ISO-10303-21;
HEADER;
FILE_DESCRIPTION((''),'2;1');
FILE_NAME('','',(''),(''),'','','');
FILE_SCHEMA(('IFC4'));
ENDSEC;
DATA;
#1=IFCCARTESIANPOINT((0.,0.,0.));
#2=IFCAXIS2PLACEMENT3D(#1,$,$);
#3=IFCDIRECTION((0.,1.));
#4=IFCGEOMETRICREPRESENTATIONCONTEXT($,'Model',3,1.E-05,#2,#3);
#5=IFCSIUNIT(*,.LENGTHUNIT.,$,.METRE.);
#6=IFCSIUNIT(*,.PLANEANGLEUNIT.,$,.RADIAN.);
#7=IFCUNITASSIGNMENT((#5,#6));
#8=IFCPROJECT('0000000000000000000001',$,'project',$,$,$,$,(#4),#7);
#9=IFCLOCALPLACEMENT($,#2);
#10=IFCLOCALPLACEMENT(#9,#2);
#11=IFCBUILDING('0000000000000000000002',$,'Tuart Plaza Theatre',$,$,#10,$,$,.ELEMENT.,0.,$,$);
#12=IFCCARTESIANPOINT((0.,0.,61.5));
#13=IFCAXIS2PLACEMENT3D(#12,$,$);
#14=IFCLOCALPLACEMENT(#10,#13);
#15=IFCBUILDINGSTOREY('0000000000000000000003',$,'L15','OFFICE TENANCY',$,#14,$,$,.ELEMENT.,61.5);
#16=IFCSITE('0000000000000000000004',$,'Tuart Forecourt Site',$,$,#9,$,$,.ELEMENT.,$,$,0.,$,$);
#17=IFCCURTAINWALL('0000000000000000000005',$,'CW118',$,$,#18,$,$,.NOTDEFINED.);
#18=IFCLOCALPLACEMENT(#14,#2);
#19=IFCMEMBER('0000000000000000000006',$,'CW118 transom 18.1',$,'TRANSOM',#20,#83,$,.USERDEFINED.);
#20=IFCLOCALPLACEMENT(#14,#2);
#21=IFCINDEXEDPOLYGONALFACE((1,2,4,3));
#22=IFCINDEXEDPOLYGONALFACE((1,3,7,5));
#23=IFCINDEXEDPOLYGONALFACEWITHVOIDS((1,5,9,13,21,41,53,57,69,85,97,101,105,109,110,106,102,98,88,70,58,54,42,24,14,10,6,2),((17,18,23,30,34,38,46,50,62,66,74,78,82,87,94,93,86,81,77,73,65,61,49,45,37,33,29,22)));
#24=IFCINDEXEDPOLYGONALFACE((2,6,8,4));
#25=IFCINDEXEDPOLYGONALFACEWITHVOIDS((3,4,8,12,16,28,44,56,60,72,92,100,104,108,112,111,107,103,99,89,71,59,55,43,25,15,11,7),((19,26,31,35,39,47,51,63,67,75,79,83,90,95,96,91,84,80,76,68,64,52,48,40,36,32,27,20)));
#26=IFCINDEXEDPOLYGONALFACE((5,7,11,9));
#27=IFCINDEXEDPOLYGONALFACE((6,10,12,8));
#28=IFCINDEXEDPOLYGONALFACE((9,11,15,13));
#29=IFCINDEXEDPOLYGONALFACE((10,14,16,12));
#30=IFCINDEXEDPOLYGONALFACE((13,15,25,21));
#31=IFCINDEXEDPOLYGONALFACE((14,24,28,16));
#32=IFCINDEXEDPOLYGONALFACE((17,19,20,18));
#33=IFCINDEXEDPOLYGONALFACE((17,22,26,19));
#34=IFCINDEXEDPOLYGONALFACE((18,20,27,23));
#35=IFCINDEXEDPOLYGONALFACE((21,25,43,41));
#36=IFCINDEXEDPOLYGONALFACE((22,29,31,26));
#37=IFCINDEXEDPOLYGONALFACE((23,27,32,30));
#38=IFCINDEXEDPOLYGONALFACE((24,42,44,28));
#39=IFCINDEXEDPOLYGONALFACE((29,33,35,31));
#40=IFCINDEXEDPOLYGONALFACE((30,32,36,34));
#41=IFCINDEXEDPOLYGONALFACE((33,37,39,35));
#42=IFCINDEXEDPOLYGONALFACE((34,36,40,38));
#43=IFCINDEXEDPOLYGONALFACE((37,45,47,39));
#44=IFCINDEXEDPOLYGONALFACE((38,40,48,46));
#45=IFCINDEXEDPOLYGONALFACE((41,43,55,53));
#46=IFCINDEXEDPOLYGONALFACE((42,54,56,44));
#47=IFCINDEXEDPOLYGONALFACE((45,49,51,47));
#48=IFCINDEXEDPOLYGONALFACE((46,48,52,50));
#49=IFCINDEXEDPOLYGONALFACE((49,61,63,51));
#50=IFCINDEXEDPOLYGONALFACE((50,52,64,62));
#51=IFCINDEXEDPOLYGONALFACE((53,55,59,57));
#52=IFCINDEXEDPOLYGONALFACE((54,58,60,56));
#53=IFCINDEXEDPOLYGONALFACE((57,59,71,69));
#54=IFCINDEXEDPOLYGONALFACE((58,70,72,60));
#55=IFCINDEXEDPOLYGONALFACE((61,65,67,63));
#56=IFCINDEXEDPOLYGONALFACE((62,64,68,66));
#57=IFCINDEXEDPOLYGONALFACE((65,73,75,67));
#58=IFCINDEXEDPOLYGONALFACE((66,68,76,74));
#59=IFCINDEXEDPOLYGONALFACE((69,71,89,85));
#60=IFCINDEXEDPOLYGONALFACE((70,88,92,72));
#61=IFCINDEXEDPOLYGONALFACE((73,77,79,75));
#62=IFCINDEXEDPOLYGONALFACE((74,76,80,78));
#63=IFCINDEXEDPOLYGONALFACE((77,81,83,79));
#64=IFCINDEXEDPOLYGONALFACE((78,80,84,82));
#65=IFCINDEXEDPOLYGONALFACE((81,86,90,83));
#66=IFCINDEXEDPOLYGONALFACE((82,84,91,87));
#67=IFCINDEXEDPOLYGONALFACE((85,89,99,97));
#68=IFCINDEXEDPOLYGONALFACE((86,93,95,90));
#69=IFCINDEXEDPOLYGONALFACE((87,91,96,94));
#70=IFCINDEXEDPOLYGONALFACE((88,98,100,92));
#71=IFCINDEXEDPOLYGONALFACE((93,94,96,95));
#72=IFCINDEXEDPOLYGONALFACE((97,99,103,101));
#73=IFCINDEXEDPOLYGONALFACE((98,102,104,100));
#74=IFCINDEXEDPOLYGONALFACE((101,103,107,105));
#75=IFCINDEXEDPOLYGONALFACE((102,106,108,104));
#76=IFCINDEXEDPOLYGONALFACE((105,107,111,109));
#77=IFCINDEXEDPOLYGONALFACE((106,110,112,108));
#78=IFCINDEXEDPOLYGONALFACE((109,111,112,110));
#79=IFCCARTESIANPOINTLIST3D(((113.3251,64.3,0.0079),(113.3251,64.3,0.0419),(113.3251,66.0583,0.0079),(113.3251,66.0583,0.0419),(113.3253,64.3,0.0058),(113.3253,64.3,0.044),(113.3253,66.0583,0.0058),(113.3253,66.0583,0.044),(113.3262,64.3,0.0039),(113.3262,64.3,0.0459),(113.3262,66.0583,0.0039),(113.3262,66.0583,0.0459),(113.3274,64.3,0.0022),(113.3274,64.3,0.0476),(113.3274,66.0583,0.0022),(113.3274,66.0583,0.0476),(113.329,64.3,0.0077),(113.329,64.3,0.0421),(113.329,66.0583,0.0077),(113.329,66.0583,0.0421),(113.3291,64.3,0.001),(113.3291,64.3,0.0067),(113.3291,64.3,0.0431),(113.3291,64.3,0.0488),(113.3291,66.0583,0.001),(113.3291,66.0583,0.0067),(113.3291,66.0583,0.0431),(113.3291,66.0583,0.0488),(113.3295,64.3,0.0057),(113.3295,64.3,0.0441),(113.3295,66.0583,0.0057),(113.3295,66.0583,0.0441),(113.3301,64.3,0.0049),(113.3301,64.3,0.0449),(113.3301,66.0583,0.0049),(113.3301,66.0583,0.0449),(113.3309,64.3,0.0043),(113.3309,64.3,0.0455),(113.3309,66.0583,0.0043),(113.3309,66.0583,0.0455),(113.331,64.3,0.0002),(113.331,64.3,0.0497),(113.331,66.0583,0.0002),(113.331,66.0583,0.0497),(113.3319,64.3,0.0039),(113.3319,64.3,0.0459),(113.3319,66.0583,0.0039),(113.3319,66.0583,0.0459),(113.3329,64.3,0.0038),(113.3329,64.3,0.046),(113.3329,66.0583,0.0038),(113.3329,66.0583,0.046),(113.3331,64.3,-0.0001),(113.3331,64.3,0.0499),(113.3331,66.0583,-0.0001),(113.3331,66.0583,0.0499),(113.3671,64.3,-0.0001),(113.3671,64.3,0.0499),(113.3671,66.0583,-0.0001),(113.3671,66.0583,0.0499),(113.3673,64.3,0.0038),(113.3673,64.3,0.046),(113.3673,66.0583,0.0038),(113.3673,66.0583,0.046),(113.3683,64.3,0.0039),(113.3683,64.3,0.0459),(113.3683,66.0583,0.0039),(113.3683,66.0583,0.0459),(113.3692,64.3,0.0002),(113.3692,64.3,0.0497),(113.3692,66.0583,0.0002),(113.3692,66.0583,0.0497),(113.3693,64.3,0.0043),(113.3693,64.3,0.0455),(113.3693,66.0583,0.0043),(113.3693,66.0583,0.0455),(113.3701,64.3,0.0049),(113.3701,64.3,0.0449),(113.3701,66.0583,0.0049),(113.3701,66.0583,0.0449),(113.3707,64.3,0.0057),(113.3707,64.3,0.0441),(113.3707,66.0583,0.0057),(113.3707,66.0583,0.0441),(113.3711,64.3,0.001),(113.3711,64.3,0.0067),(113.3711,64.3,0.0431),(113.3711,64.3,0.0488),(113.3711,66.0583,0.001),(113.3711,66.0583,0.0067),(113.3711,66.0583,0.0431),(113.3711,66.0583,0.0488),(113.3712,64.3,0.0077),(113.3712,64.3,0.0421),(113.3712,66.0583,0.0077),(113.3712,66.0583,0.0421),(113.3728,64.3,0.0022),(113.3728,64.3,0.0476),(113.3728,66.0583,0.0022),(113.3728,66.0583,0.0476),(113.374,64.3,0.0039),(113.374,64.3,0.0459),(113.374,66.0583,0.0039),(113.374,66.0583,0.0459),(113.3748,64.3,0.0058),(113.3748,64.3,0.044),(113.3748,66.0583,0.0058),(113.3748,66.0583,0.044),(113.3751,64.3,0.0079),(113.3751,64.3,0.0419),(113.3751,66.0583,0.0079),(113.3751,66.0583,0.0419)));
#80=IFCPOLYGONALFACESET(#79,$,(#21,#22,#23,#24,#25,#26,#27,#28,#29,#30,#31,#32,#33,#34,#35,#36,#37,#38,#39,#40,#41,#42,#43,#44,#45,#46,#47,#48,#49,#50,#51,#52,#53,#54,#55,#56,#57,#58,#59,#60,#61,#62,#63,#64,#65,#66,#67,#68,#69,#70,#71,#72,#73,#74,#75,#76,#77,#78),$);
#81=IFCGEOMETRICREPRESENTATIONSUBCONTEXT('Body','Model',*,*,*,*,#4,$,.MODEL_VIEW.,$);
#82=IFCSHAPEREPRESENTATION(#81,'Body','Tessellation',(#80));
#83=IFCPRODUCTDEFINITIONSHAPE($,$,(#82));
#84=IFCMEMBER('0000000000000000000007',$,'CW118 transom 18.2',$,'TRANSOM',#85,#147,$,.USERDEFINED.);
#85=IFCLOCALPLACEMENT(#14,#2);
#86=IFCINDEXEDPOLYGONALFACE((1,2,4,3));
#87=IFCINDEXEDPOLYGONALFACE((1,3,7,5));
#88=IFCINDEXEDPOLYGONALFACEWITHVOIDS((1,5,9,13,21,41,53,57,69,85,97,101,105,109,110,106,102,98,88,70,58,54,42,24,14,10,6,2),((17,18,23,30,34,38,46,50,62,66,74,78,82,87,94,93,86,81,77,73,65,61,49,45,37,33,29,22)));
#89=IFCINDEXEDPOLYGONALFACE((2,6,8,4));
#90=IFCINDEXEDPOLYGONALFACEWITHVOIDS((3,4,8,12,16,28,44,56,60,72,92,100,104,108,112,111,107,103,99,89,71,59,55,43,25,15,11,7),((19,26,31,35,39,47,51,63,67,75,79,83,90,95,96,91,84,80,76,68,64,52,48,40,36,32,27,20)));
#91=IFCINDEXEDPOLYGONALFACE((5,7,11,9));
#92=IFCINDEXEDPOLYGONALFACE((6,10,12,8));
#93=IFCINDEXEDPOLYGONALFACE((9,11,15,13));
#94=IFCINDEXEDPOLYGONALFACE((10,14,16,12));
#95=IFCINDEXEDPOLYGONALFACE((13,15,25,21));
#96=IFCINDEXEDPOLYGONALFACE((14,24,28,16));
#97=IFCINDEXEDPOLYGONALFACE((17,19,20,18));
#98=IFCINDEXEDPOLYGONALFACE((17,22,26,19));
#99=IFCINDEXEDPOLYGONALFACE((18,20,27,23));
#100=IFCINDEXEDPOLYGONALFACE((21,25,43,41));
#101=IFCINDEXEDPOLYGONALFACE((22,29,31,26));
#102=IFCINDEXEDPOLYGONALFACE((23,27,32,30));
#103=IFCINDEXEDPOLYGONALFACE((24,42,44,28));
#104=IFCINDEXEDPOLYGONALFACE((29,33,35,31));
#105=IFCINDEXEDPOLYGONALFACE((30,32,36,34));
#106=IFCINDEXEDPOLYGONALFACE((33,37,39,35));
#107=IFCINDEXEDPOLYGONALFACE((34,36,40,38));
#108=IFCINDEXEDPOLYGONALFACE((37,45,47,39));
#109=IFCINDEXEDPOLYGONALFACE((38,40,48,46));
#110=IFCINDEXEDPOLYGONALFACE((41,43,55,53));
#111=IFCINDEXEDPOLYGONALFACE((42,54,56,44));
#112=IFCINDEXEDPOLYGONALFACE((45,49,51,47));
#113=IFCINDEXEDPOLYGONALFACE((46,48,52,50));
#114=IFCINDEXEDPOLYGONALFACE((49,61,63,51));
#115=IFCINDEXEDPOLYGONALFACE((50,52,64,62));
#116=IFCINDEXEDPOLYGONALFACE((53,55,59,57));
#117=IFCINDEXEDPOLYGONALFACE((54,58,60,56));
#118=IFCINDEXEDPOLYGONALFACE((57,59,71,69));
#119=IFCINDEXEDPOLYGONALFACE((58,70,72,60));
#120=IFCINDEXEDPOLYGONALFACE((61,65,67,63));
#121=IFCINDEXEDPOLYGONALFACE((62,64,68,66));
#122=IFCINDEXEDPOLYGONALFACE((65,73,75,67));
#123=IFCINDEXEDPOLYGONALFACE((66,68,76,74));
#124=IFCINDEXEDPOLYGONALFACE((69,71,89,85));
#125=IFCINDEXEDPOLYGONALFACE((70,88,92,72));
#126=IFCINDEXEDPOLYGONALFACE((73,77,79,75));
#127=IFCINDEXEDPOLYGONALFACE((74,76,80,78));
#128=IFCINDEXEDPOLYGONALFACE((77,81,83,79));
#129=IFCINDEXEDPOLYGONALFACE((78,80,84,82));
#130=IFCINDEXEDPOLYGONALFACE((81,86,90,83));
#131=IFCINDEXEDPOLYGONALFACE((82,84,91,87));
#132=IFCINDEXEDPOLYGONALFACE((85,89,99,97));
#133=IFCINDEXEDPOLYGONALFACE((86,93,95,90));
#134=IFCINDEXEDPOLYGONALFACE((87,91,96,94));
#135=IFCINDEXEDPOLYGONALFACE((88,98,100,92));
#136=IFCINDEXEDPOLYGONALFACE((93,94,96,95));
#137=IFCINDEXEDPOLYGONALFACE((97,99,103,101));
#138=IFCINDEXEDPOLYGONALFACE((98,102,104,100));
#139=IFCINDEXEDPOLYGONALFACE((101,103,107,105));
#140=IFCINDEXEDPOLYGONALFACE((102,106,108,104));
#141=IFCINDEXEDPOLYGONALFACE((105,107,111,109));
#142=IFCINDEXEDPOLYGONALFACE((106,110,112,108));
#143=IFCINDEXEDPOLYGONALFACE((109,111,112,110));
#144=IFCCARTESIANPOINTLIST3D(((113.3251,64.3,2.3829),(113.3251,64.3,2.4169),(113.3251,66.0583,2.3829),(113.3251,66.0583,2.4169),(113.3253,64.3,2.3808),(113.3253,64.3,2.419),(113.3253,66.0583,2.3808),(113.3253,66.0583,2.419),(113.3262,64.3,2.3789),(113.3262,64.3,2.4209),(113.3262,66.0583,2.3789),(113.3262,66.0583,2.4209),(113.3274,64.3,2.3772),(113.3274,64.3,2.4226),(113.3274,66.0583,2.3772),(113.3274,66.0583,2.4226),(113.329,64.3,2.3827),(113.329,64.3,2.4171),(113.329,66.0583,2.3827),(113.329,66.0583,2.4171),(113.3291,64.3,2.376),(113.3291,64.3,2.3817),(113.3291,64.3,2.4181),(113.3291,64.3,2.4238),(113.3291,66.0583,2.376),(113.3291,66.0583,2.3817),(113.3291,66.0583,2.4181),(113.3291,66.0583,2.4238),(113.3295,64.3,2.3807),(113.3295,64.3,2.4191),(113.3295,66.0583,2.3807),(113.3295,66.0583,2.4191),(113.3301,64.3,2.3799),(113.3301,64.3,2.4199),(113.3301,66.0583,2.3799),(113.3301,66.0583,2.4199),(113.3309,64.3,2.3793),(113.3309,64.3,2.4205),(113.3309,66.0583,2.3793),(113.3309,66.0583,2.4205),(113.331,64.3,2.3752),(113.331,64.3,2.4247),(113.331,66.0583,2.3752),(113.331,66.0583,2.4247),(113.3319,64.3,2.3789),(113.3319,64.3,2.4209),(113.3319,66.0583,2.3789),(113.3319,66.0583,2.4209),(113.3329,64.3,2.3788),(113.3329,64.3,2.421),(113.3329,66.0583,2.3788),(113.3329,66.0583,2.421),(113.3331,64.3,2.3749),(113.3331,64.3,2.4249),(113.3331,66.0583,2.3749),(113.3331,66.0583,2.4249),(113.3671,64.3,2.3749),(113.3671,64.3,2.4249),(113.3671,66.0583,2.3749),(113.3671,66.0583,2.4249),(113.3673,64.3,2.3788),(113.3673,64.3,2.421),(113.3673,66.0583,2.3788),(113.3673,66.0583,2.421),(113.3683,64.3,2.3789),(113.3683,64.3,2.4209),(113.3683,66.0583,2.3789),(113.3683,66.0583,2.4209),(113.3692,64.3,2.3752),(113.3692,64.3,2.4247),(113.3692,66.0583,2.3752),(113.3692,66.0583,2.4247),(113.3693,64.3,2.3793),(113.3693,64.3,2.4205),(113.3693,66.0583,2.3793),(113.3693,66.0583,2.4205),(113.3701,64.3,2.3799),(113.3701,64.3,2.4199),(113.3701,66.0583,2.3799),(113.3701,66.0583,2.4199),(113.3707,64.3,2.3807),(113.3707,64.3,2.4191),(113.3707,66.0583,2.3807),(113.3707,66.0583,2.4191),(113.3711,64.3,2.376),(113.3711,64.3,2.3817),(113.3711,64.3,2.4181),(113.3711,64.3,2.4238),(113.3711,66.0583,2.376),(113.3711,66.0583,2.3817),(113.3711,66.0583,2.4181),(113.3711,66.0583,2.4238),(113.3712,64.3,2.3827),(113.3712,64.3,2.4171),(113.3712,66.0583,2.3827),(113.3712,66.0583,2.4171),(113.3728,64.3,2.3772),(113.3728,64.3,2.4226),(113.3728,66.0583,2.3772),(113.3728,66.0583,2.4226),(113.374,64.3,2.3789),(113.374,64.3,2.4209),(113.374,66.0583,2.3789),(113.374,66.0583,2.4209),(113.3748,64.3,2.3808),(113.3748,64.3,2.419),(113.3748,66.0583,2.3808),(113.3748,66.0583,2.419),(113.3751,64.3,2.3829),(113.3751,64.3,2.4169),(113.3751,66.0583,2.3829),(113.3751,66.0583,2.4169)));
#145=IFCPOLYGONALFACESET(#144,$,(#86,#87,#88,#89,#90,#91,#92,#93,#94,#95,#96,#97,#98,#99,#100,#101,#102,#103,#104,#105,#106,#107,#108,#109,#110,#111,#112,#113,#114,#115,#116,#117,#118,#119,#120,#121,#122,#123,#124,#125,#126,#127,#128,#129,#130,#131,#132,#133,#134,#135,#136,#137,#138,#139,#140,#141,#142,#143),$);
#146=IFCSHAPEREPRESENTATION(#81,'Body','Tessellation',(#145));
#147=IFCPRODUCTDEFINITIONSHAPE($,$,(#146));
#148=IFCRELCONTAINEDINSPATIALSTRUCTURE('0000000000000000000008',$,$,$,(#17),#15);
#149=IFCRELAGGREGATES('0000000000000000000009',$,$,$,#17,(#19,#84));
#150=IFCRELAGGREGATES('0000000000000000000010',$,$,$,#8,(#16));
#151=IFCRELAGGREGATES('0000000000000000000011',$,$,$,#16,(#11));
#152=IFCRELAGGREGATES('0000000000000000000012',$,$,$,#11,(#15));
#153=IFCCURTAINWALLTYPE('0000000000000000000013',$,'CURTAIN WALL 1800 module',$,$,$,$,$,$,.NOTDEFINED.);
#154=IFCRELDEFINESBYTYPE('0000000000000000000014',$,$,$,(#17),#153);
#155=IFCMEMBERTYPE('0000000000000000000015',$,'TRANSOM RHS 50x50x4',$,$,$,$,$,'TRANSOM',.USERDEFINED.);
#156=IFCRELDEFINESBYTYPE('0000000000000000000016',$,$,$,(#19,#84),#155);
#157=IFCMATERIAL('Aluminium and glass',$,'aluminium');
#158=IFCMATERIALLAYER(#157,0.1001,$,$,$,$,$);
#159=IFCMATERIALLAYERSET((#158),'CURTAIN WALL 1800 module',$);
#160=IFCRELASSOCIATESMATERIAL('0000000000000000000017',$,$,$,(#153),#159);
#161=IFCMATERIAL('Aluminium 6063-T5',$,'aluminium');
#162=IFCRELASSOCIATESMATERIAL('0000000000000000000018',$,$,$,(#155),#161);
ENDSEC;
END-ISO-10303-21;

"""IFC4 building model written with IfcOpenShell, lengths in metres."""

from ifc_helpers import new_model, si_unit, direction, frame, origin, origin_2d, place, context, subcontext, project, spatial, hollow_rectangle, extrude, material, layer, layer_set, material_profile, profile_set, type_object, element, aggregate, save


model = new_model("IFC4")

# Units and contexts
model_context = context("Model", 3, precision=1e-05, world=origin(), true_north=direction((0.0, 1.0)))
body_context = subcontext(model_context, "Body", "Model", "MODEL_VIEW")
ifc_project = project(units=[si_unit("LENGTHUNIT", "METRE"), si_unit("PLANEANGLEUNIT", "RADIAN")], contexts=[model_context])

# Site, building, storey
site_placement = place(None, origin())
site = spatial("IfcSite", under=ifc_project, at=site_placement, Name="Tuart Forecourt Site", CompositionType="ELEMENT", RefElevation=0.0)
building_placement = place(site_placement, origin())
building = spatial("IfcBuilding", under=site, at=building_placement, Name="Tuart Plaza Theatre", CompositionType="ELEMENT", ElevationOfRefHeight=0.0)
storey_placement = place(building_placement, frame((0.0, 0.0, 61.5)))
storey = spatial("IfcBuildingStorey", under=building, at=storey_placement, Name="L15", Description="OFFICE TENANCY", CompositionType="ELEMENT", Elevation=61.5)

# Curtain wall, members
ifc_material_1 = material(Name="Aluminium and glass", Category="aluminium")
ifc_layer_1 = layer(ifc_material_1, 0.1001)
ifc_layer_set_1 = layer_set([ifc_layer_1], Name="CURTAIN WALL 1800 module")
curtain_wall_type_1 = type_object("IfcCurtainWallType", Name="CURTAIN WALL 1800 module", PredefinedType="NOTDEFINED", material=ifc_layer_set_1)
curtain_wall_1_placement = place(storey_placement, origin())
curtain_wall_1 = element("IfcCurtainWall", 1, at=curtain_wall_1_placement, inside=storey, type_object=curtain_wall_type_1, Name="CW118", PredefinedType="NOTDEFINED")
ifc_material_2 = material(Name="Aluminium 6063-T5", Category="aluminium")
ifc_material_profile_1 = material_profile(ifc_material_2, hollow_rectangle(XDim=0.05, YDim=0.05, WallThickness=0.0039, InnerFilletRadius=0.0039, OuterFilletRadius=0.0081, at=origin_2d()), Name="RHS 50x50x4")
ifc_profile_set_1 = profile_set([ifc_material_profile_1], Name="Aluminium 6063-T5")
member_type_1 = type_object("IfcMemberType", Name="TRANSOM RHS 50x50x4", ElementType="TRANSOM", PredefinedType="USERDEFINED", material=ifc_profile_set_1)
member_1_placement = place(storey_placement, frame((113.3501, 66.0583, 0.0249), z_axis=(0.0, -1.0, 0.0), x_axis=(1.0, 0.0, 0.0)))
member_1 = element("IfcMember", 2, at=member_1_placement, type_object=member_type_1, Name="CW118 transom 18.1", ObjectType="TRANSOM", PredefinedType="USERDEFINED", context=body_context, shape_type="SweptSolid", body=[
    extrude(hollow_rectangle(XDim=0.05, YDim=0.05, WallThickness=0.0039, InnerFilletRadius=0.0039, OuterFilletRadius=0.0081, at=origin_2d()), origin(), (0.0, 0.0, 1.0), 1.7583),
])
member_2_placement = place(storey_placement, frame((113.3501, 66.0583, 2.3999), z_axis=(0.0, -1.0, 0.0), x_axis=(1.0, 0.0, 0.0)))
member_2 = element("IfcMember", 3, at=member_2_placement, type_object=member_type_1, Name="CW118 transom 18.2", ObjectType="TRANSOM", PredefinedType="USERDEFINED", context=body_context, shape_type="SweptSolid", body=[
    extrude(hollow_rectangle(XDim=0.05, YDim=0.05, WallThickness=0.0039, InnerFilletRadius=0.0039, OuterFilletRadius=0.0081, at=origin_2d()), origin(), (0.0, 0.0, 1.0), 1.7583),
])

aggregate(curtain_wall_1, [member_1, member_2])

save(model, "model.ifc")
